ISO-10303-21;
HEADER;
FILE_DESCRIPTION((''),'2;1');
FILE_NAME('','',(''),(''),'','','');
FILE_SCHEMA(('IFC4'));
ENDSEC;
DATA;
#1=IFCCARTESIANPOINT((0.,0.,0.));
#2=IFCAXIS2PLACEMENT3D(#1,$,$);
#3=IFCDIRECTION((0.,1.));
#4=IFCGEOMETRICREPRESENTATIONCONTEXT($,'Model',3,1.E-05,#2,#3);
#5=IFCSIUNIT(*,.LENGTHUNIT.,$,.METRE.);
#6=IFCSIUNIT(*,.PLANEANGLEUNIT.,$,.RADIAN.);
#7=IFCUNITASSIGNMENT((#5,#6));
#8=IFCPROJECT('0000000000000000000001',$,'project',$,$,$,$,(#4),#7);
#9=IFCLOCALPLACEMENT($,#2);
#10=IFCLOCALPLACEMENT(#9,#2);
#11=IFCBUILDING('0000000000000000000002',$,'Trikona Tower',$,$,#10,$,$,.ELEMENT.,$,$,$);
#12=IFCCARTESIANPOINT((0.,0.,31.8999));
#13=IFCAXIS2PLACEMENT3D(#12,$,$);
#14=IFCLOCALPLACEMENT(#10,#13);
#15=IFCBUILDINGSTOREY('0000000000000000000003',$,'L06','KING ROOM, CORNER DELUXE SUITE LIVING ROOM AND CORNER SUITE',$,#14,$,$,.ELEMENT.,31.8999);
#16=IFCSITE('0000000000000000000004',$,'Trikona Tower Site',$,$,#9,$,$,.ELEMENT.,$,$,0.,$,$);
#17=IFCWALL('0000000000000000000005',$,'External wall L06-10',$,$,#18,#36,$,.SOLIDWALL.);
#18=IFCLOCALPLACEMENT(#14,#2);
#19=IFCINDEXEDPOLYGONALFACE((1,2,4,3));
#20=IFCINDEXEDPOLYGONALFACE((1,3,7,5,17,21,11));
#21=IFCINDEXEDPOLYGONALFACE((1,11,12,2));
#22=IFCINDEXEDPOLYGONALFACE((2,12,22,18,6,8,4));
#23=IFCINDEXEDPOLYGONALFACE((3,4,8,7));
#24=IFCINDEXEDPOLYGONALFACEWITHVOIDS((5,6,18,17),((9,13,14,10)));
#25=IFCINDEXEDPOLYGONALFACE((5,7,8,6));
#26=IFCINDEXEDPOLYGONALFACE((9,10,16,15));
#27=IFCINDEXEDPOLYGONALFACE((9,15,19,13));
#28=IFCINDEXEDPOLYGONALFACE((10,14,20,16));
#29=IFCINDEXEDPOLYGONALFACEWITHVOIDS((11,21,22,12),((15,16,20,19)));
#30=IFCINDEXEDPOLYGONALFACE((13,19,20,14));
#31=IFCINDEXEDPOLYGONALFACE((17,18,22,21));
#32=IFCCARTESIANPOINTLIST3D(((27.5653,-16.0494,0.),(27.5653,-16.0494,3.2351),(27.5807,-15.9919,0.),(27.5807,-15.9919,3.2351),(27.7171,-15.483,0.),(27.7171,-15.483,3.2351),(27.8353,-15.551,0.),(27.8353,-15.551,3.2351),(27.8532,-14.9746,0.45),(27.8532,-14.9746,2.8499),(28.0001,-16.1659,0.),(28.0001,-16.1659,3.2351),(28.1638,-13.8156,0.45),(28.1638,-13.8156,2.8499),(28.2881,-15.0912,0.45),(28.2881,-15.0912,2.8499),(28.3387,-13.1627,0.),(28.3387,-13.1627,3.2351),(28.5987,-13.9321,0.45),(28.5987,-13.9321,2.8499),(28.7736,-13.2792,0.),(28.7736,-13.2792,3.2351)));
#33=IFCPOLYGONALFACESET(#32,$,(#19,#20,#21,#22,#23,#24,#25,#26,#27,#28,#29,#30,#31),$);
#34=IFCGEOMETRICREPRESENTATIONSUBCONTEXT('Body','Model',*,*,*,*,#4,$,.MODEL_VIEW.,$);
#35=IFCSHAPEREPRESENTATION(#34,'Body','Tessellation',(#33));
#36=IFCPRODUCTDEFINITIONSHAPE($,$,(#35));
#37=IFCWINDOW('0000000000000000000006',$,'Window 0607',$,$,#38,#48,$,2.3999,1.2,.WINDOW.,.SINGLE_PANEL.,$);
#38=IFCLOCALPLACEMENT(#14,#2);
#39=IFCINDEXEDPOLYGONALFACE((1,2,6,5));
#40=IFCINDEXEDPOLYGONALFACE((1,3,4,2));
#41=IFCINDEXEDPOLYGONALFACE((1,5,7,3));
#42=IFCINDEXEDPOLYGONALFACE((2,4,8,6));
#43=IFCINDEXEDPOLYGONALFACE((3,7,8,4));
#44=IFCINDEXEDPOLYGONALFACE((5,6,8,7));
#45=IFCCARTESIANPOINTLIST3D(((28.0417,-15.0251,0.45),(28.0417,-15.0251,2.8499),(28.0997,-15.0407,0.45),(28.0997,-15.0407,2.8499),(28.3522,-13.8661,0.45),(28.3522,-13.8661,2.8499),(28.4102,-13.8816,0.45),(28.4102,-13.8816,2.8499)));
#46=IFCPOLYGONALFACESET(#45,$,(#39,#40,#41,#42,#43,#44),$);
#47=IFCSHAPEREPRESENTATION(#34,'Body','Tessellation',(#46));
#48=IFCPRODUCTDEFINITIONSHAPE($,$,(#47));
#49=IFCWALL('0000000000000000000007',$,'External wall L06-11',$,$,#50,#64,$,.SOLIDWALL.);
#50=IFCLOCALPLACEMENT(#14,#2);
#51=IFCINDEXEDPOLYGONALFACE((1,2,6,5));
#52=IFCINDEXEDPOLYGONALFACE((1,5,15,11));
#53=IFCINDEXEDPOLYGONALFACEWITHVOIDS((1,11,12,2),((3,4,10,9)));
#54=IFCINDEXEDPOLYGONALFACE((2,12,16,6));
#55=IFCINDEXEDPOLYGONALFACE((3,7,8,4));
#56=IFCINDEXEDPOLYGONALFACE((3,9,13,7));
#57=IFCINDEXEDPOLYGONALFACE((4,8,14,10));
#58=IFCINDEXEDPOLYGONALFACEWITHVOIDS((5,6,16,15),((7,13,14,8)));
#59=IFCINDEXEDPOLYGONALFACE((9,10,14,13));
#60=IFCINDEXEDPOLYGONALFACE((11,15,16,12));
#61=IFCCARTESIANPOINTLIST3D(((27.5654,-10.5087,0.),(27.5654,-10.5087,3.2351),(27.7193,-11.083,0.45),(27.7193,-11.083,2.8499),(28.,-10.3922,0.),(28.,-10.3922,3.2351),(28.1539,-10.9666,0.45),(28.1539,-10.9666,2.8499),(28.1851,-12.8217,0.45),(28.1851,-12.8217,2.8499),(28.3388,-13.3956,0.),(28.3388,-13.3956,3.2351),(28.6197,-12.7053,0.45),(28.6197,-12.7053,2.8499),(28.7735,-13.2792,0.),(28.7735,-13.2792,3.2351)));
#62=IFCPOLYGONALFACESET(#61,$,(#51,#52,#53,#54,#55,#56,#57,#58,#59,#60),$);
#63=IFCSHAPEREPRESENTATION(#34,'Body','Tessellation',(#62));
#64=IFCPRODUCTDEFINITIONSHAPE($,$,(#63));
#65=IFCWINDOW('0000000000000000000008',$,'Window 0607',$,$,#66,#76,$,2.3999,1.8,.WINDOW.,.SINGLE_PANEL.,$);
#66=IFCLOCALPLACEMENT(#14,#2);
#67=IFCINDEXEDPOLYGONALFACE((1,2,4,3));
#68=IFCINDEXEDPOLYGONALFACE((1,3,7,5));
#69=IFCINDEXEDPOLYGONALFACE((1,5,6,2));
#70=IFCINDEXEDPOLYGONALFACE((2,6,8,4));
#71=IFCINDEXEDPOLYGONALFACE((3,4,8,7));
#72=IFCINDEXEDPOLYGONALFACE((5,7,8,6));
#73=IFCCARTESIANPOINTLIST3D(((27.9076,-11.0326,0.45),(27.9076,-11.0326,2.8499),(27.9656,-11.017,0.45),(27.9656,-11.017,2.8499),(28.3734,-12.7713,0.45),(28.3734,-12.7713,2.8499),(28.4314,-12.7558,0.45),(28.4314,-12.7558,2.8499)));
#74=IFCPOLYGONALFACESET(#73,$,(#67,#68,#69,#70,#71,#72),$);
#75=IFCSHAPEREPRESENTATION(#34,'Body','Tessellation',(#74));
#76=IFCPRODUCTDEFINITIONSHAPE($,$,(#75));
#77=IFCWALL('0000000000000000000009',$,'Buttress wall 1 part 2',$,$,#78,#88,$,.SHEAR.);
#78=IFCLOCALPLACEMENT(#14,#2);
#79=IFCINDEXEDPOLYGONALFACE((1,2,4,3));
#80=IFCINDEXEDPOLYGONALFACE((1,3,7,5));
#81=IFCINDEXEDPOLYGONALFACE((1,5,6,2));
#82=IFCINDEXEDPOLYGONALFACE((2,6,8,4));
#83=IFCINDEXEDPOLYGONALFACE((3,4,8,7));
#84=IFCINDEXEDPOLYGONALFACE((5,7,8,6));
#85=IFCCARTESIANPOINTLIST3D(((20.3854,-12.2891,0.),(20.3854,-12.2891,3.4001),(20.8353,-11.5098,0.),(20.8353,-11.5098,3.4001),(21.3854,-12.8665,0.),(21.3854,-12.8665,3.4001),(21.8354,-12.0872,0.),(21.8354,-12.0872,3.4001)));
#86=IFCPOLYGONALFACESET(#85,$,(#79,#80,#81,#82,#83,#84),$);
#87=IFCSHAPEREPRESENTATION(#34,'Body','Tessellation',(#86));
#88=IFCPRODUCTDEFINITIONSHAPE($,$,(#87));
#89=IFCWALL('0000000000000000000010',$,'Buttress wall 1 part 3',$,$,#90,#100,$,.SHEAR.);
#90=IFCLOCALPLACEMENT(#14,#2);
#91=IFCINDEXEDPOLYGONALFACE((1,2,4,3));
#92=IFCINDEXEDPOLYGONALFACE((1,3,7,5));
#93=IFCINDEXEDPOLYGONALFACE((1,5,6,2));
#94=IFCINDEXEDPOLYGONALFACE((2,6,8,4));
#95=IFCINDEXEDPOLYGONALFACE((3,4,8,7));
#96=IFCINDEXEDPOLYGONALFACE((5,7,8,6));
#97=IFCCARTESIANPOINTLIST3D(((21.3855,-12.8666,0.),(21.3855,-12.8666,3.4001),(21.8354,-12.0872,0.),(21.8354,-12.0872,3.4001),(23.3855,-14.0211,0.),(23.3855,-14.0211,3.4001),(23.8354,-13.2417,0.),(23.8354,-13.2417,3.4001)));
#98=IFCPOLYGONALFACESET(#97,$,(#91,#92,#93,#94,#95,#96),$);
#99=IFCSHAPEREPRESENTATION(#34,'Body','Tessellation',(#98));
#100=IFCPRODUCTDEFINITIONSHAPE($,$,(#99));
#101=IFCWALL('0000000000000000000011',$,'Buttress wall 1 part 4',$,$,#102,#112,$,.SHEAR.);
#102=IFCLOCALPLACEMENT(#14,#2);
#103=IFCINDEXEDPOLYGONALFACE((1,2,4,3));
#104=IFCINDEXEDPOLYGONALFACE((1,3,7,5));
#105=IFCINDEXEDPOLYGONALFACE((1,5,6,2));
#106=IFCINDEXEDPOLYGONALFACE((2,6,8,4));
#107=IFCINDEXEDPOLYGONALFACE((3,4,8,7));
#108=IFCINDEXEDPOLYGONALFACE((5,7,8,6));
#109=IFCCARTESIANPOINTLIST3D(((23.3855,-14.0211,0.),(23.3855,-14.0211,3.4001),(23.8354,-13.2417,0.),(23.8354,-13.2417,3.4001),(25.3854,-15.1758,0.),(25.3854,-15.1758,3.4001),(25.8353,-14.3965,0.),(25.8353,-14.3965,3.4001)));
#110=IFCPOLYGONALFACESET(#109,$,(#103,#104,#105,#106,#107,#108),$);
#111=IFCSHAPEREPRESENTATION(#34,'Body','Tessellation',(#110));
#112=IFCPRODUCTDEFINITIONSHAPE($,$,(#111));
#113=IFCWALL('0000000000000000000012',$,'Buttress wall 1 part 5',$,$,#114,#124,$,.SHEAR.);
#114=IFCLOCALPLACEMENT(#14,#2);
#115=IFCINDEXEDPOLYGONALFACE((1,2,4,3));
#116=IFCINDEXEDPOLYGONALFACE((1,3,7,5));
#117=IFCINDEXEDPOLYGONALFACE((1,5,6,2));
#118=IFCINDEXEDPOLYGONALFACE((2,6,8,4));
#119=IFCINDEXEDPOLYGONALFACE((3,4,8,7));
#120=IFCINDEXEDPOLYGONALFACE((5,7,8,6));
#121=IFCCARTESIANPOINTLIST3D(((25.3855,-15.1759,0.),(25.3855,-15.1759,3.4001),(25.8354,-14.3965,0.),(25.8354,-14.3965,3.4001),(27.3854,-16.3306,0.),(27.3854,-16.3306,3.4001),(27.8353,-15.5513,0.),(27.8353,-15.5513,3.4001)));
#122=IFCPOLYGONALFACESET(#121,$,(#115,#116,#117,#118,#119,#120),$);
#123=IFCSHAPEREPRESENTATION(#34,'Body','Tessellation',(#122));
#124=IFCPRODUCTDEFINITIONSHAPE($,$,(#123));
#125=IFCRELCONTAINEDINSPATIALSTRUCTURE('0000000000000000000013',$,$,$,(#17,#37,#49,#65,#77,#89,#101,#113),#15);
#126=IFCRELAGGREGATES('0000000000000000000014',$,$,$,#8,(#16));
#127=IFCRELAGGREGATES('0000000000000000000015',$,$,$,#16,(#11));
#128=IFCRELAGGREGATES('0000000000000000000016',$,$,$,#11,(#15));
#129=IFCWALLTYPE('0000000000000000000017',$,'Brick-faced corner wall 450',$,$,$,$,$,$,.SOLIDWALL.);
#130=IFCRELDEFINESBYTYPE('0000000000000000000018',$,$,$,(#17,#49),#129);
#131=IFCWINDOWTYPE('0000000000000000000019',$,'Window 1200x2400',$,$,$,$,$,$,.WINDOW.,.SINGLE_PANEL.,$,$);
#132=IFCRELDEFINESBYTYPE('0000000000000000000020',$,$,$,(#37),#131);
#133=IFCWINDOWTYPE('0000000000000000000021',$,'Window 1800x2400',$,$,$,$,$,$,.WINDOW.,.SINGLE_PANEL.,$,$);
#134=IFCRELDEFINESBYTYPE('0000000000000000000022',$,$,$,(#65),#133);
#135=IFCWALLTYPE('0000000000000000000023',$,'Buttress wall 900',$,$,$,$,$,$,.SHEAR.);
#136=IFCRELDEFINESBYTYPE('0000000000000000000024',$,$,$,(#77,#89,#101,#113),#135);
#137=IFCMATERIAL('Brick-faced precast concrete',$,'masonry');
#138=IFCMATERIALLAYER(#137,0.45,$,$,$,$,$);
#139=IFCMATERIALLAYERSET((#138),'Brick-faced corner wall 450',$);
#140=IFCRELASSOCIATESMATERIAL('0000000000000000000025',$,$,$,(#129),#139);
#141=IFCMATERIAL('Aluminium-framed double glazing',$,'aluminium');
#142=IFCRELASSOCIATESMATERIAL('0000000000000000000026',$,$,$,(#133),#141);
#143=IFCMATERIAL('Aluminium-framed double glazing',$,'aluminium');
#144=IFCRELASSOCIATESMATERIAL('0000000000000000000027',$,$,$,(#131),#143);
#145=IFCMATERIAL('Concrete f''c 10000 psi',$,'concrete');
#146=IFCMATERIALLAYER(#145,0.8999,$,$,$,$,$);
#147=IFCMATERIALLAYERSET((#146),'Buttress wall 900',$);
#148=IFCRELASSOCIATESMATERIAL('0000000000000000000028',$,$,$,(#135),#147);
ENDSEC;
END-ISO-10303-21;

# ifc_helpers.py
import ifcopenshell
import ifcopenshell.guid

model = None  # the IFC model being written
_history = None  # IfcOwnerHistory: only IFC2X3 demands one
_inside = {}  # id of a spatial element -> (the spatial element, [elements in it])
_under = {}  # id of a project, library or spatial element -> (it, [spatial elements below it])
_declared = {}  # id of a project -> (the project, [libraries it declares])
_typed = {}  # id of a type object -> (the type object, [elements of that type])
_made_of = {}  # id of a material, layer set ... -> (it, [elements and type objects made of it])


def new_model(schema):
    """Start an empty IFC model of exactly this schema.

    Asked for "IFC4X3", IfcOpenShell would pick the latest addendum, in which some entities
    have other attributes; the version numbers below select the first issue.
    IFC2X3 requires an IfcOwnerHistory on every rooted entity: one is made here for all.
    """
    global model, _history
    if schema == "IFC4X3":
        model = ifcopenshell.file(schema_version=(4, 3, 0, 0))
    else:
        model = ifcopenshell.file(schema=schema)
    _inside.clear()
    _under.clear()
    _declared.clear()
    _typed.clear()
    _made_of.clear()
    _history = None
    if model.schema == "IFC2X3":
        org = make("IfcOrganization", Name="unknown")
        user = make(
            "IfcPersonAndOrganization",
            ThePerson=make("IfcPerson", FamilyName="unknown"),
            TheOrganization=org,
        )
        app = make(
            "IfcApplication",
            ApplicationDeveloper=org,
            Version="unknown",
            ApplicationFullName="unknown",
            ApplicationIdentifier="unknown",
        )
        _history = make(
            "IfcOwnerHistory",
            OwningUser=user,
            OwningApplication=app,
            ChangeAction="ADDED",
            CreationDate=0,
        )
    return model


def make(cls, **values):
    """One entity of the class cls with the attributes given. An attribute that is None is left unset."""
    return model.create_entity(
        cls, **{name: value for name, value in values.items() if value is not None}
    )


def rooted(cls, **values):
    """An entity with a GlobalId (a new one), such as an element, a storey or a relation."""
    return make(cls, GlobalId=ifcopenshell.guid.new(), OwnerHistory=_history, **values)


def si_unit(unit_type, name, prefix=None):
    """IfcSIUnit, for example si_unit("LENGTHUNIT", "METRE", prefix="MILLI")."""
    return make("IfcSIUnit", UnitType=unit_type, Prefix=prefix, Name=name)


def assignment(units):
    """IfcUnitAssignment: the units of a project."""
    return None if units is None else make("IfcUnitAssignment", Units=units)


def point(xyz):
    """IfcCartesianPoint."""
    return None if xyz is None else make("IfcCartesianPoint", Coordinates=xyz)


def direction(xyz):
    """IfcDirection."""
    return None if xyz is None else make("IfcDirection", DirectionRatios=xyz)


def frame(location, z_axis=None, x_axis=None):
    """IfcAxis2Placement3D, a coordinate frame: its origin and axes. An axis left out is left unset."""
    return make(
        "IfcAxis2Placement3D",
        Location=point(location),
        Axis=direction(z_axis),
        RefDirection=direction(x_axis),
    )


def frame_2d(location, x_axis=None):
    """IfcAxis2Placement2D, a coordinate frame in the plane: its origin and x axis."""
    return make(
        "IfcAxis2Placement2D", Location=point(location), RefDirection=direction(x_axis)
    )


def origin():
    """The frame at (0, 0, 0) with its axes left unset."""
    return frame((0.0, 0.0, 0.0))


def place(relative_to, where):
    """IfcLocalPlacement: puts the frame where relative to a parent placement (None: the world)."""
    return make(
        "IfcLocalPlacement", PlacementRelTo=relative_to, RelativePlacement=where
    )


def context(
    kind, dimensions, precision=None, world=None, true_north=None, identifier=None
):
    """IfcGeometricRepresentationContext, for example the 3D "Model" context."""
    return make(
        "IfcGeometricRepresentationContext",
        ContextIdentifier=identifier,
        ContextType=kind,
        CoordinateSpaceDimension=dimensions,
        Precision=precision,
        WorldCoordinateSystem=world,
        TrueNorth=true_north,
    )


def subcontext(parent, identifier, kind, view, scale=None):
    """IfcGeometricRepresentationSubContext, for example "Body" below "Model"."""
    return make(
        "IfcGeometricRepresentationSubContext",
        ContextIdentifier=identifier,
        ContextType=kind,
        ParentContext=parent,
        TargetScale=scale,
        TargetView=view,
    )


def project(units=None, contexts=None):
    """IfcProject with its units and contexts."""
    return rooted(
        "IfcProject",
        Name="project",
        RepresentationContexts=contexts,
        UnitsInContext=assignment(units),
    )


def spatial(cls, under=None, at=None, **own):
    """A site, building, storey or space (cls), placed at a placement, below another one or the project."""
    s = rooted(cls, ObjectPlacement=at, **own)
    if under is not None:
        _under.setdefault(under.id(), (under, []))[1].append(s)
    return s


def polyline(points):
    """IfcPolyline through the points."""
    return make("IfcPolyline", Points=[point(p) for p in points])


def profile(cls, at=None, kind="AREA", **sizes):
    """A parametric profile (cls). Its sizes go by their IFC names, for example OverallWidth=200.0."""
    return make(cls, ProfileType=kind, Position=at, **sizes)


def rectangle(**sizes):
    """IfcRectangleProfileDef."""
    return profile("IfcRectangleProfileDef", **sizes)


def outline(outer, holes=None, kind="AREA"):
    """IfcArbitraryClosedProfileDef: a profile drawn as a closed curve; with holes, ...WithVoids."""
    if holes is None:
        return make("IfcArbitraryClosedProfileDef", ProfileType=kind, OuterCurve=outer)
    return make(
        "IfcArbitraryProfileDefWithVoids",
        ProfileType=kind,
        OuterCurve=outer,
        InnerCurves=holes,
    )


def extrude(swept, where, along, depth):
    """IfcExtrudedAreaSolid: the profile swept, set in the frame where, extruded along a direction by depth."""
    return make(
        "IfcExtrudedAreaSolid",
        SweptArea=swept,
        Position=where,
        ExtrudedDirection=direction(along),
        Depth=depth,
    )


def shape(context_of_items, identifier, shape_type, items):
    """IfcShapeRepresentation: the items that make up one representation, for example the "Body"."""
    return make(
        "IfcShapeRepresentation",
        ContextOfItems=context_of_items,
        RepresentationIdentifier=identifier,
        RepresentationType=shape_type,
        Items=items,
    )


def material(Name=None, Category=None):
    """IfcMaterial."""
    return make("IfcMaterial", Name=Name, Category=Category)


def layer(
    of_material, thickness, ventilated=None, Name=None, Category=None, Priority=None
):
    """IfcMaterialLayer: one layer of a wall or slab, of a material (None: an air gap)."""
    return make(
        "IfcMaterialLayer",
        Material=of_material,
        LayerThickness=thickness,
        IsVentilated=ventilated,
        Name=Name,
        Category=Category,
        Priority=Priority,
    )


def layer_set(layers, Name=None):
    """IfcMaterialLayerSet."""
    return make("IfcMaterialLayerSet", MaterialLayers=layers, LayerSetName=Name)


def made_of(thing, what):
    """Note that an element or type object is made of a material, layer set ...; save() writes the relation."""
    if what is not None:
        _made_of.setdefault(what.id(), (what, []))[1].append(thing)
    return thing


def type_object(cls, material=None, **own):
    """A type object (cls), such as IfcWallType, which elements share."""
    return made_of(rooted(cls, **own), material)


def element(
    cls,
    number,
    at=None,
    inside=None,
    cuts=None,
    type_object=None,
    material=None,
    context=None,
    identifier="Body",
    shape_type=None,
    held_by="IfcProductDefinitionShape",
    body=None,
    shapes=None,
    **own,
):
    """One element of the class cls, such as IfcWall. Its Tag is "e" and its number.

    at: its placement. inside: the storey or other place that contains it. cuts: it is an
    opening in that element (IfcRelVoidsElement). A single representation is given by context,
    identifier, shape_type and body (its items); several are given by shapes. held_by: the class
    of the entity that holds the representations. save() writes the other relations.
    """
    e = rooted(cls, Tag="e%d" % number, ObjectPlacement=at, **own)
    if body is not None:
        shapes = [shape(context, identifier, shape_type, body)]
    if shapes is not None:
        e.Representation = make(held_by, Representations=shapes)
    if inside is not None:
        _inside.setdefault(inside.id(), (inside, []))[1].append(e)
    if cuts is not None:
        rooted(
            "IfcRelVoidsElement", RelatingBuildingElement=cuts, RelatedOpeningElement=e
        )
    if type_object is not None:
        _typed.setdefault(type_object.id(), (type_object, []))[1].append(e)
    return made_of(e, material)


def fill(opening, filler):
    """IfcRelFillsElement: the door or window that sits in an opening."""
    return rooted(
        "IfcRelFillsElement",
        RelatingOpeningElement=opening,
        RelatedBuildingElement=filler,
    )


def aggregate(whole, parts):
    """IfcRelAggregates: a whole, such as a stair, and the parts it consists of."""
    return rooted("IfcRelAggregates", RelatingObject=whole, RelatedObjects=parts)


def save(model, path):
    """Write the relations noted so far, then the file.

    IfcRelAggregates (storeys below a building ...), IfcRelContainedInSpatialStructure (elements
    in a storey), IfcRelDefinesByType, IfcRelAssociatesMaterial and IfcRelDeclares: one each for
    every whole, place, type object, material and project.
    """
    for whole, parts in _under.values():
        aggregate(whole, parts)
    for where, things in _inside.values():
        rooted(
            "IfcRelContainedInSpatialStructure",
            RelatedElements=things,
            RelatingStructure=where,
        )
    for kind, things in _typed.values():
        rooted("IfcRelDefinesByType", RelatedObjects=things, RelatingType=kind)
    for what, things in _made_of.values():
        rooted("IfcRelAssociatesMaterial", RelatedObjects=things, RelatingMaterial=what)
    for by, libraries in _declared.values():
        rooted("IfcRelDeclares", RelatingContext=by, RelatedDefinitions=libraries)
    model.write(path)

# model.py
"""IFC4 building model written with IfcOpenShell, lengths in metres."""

from ifc_helpers import new_model, si_unit, direction, frame, frame_2d, origin, place, context, subcontext, project, spatial, polyline, rectangle, outline, extrude, material, layer, layer_set, type_object, element, fill, save


model = new_model("IFC4")

# Units and contexts
model_context = context("Model", 3, precision=1e-05, world=origin(), true_north=direction((0.0, 1.0)))
body_context = subcontext(model_context, "Body", "Model", "MODEL_VIEW")
ifc_project = project(units=[si_unit("LENGTHUNIT", "METRE"), si_unit("PLANEANGLEUNIT", "RADIAN")], contexts=[model_context])

# Site, building, storey
site_placement = place(None, origin())
site = spatial("IfcSite", under=ifc_project, at=site_placement, Name="Trikona Tower Site", CompositionType="ELEMENT", RefElevation=0.0)
building_placement = place(site_placement, origin())
building = spatial("IfcBuilding", under=site, at=building_placement, Name="Trikona Tower", CompositionType="ELEMENT")
storey_placement = place(building_placement, frame((0.0, 0.0, 31.8999)))
storey = spatial("IfcBuildingStorey", under=building, at=storey_placement, Name="L06", Description="KING ROOM, CORNER DELUXE SUITE LIVING ROOM AND CORNER SUITE", CompositionType="ELEMENT", Elevation=31.8999)

# Walls, openings, windows
ifc_material_1 = material(Name="Brick-faced precast concrete", Category="masonry")
ifc_layer_1 = layer(ifc_material_1, 0.45)
ifc_layer_set_1 = layer_set([ifc_layer_1], Name="Brick-faced corner wall 450")
wall_type_1 = type_object("IfcWallType", Name="Brick-faced corner wall 450", PredefinedType="SOLIDWALL", material=ifc_layer_set_1)
ifc_material_2 = material(Name="Aluminium-framed double glazing", Category="aluminium")
window_type_1 = type_object("IfcWindowType", Name="Window 1800x2400", PartitioningType="SINGLE_PANEL", PredefinedType="WINDOW", material=ifc_material_2)
ifc_material_3 = material(Name="Aluminium-framed double glazing", Category="aluminium")
window_type_2 = type_object("IfcWindowType", Name="Window 1200x2400", PartitioningType="SINGLE_PANEL", PredefinedType="WINDOW", material=ifc_material_3)
wall_1_placement = place(storey_placement, frame((27.7827, -16.1077, 0.0), z_axis=(0.0, 0.0, 1.0), x_axis=(0.258801, 0.965931, 0.0)))
wall_1 = element("IfcWall", 1, at=wall_1_placement, inside=storey, type_object=wall_type_1, Name="External wall L06-10", PredefinedType="SOLIDWALL", context=body_context, shape_type="SweptSolid", body=[
    extrude(outline(polyline([(2.9885, 0.2251), (0.5864, 0.2251), (0.5513, 0.0933), (0.0596, 0.2251), (0.0, 0.2251), (0.0, -0.2251), (2.9885, -0.2251), (2.9885, 0.2251)])), origin(), (0.0, 0.0, 1.0), 3.2351),
])
opening_1_placement = place(wall_1_placement, frame((1.1125, 0.0, 0.45)))
opening_1 = element("IfcOpeningElement", 2, at=opening_1_placement, cuts=wall_1, PredefinedType="OPENING", context=body_context, shape_type="SweptSolid", body=[
    extrude(rectangle(XDim=1.2, YDim=2.3999, at=frame_2d((0.6001, 1.2))), frame((0.0, 0.2349, 0.0), z_axis=(0.0, -1.0, 0.0), x_axis=(1.0, 0.0, 0.0)), (0.0, 0.0, 1.0), 0.47),
])
window_1_placement = place(opening_1_placement, origin())
window_1 = element("IfcWindow", 3, at=window_1_placement, inside=storey, type_object=window_type_2, Name="Window 0607", OverallHeight=2.3999, OverallWidth=1.2, PartitioningType="SINGLE_PANEL", PredefinedType="WINDOW", context=body_context, shape_type="SweptSolid", body=[
    extrude(rectangle(XDim=1.2, YDim=2.3999, at=frame_2d((0.6001, 1.2))), frame((0.0, 0.03, 0.0), z_axis=(0.0, -1.0, 0.0), x_axis=(1.0, 0.0, 0.0)), (0.0, 0.0, 1.0), 0.0601),
])
fill(opening_1, window_1)
wall_2_placement = place(storey_placement, frame((28.5562, -13.3374, 0.0), z_axis=(0.0, 0.0, 1.0), x_axis=(-0.258781, 0.965936, 0.0)))
wall_2 = element("IfcWall", 4, at=wall_2_placement, inside=storey, type_object=wall_type_1, Name="External wall L06-11", PredefinedType="SOLIDWALL", context=body_context, shape_type="SweptSolid", body=[
    extrude(rectangle(XDim=2.9888, YDim=0.45, at=frame_2d((1.4944, 0.0))), origin(), (0.0, 0.0, 1.0), 3.2351),
])
opening_2_placement = place(wall_2_placement, frame((0.5942, 0.0, 0.45)))
opening_2 = element("IfcOpeningElement", 5, at=opening_2_placement, cuts=wall_2, PredefinedType="OPENING", context=body_context, shape_type="SweptSolid", body=[
    extrude(rectangle(XDim=1.8, YDim=2.3999, at=frame_2d((0.8999, 1.2))), frame((0.0, 0.2349, 0.0), z_axis=(0.0, -1.0, 0.0), x_axis=(1.0, 0.0, 0.0)), (0.0, 0.0, 1.0), 0.47),
])
window_2_placement = place(opening_2_placement, origin())
window_2 = element("IfcWindow", 6, at=window_2_placement, inside=storey, type_object=window_type_1, Name="Window 0607", OverallHeight=2.3999, OverallWidth=1.8, PartitioningType="SINGLE_PANEL", PredefinedType="WINDOW", context=body_context, shape_type="SweptSolid", body=[
    extrude(rectangle(XDim=1.8, YDim=2.3999, at=frame_2d((0.8999, 1.2))), frame((0.0, 0.03, 0.0), z_axis=(0.0, -1.0, 0.0), x_axis=(1.0, 0.0, 0.0)), (0.0, 0.0, 1.0), 0.0601),
])
fill(opening_2, window_2)

# Walls
ifc_material_4 = material(Name="Concrete f'c 10000 psi", Category="concrete")
ifc_layer_2 = layer(ifc_material_4, 0.8999)
ifc_layer_set_2 = layer_set([ifc_layer_2], Name="Buttress wall 900")
wall_type_2 = type_object("IfcWallType", Name="Buttress wall 900", PredefinedType="SHEAR", material=ifc_layer_set_2)
wall_3_placement = place(storey_placement, frame((20.6104, -11.8994, 0.0), z_axis=(0.0, 0.0, 1.0), x_axis=(0.86601, -0.500027, 0.0)))
element("IfcWall", 7, at=wall_3_placement, inside=storey, type_object=wall_type_2, Name="Buttress wall 1 part 2", PredefinedType="SHEAR", context=body_context, shape_type="SweptSolid", body=[
    extrude(rectangle(XDim=1.1548, YDim=0.8999, at=frame_2d((0.5774, 0.0))), origin(), (0.0, 0.0, 1.0), 3.4001),
])
for number, where, z_axis, x_axis, name in (
    (8, (21.6104, -12.4768, 0.0), (0.0, 0.0, 1.0), (0.866055, -0.499948, 0.0), "Buttress wall 1 part 3"),
    (9, (23.6104, -13.6313, 0.0), (0.0, 0.0, 1.0), (0.86601, -0.500027, 0.0), "Buttress wall 1 part 4"),
    (10, (25.6104, -14.7861, 0.0), (0.0, 0.0, 1.0), (0.86601, -0.500027, 0.0), "Buttress wall 1 part 5"),
):
    element("IfcWall", number, at=place(storey_placement, frame(where, z_axis=z_axis, x_axis=x_axis)), inside=storey, type_object=wall_type_2, Name=name, PredefinedType="SHEAR", context=body_context, shape_type="SweptSolid", body=[
        extrude(rectangle(XDim=2.3093, YDim=0.8999, at=frame_2d((1.1548, 0.0))), origin(), (0.0, 0.0, 1.0), 3.4001),
    ])

save(model, "model.ifc")
